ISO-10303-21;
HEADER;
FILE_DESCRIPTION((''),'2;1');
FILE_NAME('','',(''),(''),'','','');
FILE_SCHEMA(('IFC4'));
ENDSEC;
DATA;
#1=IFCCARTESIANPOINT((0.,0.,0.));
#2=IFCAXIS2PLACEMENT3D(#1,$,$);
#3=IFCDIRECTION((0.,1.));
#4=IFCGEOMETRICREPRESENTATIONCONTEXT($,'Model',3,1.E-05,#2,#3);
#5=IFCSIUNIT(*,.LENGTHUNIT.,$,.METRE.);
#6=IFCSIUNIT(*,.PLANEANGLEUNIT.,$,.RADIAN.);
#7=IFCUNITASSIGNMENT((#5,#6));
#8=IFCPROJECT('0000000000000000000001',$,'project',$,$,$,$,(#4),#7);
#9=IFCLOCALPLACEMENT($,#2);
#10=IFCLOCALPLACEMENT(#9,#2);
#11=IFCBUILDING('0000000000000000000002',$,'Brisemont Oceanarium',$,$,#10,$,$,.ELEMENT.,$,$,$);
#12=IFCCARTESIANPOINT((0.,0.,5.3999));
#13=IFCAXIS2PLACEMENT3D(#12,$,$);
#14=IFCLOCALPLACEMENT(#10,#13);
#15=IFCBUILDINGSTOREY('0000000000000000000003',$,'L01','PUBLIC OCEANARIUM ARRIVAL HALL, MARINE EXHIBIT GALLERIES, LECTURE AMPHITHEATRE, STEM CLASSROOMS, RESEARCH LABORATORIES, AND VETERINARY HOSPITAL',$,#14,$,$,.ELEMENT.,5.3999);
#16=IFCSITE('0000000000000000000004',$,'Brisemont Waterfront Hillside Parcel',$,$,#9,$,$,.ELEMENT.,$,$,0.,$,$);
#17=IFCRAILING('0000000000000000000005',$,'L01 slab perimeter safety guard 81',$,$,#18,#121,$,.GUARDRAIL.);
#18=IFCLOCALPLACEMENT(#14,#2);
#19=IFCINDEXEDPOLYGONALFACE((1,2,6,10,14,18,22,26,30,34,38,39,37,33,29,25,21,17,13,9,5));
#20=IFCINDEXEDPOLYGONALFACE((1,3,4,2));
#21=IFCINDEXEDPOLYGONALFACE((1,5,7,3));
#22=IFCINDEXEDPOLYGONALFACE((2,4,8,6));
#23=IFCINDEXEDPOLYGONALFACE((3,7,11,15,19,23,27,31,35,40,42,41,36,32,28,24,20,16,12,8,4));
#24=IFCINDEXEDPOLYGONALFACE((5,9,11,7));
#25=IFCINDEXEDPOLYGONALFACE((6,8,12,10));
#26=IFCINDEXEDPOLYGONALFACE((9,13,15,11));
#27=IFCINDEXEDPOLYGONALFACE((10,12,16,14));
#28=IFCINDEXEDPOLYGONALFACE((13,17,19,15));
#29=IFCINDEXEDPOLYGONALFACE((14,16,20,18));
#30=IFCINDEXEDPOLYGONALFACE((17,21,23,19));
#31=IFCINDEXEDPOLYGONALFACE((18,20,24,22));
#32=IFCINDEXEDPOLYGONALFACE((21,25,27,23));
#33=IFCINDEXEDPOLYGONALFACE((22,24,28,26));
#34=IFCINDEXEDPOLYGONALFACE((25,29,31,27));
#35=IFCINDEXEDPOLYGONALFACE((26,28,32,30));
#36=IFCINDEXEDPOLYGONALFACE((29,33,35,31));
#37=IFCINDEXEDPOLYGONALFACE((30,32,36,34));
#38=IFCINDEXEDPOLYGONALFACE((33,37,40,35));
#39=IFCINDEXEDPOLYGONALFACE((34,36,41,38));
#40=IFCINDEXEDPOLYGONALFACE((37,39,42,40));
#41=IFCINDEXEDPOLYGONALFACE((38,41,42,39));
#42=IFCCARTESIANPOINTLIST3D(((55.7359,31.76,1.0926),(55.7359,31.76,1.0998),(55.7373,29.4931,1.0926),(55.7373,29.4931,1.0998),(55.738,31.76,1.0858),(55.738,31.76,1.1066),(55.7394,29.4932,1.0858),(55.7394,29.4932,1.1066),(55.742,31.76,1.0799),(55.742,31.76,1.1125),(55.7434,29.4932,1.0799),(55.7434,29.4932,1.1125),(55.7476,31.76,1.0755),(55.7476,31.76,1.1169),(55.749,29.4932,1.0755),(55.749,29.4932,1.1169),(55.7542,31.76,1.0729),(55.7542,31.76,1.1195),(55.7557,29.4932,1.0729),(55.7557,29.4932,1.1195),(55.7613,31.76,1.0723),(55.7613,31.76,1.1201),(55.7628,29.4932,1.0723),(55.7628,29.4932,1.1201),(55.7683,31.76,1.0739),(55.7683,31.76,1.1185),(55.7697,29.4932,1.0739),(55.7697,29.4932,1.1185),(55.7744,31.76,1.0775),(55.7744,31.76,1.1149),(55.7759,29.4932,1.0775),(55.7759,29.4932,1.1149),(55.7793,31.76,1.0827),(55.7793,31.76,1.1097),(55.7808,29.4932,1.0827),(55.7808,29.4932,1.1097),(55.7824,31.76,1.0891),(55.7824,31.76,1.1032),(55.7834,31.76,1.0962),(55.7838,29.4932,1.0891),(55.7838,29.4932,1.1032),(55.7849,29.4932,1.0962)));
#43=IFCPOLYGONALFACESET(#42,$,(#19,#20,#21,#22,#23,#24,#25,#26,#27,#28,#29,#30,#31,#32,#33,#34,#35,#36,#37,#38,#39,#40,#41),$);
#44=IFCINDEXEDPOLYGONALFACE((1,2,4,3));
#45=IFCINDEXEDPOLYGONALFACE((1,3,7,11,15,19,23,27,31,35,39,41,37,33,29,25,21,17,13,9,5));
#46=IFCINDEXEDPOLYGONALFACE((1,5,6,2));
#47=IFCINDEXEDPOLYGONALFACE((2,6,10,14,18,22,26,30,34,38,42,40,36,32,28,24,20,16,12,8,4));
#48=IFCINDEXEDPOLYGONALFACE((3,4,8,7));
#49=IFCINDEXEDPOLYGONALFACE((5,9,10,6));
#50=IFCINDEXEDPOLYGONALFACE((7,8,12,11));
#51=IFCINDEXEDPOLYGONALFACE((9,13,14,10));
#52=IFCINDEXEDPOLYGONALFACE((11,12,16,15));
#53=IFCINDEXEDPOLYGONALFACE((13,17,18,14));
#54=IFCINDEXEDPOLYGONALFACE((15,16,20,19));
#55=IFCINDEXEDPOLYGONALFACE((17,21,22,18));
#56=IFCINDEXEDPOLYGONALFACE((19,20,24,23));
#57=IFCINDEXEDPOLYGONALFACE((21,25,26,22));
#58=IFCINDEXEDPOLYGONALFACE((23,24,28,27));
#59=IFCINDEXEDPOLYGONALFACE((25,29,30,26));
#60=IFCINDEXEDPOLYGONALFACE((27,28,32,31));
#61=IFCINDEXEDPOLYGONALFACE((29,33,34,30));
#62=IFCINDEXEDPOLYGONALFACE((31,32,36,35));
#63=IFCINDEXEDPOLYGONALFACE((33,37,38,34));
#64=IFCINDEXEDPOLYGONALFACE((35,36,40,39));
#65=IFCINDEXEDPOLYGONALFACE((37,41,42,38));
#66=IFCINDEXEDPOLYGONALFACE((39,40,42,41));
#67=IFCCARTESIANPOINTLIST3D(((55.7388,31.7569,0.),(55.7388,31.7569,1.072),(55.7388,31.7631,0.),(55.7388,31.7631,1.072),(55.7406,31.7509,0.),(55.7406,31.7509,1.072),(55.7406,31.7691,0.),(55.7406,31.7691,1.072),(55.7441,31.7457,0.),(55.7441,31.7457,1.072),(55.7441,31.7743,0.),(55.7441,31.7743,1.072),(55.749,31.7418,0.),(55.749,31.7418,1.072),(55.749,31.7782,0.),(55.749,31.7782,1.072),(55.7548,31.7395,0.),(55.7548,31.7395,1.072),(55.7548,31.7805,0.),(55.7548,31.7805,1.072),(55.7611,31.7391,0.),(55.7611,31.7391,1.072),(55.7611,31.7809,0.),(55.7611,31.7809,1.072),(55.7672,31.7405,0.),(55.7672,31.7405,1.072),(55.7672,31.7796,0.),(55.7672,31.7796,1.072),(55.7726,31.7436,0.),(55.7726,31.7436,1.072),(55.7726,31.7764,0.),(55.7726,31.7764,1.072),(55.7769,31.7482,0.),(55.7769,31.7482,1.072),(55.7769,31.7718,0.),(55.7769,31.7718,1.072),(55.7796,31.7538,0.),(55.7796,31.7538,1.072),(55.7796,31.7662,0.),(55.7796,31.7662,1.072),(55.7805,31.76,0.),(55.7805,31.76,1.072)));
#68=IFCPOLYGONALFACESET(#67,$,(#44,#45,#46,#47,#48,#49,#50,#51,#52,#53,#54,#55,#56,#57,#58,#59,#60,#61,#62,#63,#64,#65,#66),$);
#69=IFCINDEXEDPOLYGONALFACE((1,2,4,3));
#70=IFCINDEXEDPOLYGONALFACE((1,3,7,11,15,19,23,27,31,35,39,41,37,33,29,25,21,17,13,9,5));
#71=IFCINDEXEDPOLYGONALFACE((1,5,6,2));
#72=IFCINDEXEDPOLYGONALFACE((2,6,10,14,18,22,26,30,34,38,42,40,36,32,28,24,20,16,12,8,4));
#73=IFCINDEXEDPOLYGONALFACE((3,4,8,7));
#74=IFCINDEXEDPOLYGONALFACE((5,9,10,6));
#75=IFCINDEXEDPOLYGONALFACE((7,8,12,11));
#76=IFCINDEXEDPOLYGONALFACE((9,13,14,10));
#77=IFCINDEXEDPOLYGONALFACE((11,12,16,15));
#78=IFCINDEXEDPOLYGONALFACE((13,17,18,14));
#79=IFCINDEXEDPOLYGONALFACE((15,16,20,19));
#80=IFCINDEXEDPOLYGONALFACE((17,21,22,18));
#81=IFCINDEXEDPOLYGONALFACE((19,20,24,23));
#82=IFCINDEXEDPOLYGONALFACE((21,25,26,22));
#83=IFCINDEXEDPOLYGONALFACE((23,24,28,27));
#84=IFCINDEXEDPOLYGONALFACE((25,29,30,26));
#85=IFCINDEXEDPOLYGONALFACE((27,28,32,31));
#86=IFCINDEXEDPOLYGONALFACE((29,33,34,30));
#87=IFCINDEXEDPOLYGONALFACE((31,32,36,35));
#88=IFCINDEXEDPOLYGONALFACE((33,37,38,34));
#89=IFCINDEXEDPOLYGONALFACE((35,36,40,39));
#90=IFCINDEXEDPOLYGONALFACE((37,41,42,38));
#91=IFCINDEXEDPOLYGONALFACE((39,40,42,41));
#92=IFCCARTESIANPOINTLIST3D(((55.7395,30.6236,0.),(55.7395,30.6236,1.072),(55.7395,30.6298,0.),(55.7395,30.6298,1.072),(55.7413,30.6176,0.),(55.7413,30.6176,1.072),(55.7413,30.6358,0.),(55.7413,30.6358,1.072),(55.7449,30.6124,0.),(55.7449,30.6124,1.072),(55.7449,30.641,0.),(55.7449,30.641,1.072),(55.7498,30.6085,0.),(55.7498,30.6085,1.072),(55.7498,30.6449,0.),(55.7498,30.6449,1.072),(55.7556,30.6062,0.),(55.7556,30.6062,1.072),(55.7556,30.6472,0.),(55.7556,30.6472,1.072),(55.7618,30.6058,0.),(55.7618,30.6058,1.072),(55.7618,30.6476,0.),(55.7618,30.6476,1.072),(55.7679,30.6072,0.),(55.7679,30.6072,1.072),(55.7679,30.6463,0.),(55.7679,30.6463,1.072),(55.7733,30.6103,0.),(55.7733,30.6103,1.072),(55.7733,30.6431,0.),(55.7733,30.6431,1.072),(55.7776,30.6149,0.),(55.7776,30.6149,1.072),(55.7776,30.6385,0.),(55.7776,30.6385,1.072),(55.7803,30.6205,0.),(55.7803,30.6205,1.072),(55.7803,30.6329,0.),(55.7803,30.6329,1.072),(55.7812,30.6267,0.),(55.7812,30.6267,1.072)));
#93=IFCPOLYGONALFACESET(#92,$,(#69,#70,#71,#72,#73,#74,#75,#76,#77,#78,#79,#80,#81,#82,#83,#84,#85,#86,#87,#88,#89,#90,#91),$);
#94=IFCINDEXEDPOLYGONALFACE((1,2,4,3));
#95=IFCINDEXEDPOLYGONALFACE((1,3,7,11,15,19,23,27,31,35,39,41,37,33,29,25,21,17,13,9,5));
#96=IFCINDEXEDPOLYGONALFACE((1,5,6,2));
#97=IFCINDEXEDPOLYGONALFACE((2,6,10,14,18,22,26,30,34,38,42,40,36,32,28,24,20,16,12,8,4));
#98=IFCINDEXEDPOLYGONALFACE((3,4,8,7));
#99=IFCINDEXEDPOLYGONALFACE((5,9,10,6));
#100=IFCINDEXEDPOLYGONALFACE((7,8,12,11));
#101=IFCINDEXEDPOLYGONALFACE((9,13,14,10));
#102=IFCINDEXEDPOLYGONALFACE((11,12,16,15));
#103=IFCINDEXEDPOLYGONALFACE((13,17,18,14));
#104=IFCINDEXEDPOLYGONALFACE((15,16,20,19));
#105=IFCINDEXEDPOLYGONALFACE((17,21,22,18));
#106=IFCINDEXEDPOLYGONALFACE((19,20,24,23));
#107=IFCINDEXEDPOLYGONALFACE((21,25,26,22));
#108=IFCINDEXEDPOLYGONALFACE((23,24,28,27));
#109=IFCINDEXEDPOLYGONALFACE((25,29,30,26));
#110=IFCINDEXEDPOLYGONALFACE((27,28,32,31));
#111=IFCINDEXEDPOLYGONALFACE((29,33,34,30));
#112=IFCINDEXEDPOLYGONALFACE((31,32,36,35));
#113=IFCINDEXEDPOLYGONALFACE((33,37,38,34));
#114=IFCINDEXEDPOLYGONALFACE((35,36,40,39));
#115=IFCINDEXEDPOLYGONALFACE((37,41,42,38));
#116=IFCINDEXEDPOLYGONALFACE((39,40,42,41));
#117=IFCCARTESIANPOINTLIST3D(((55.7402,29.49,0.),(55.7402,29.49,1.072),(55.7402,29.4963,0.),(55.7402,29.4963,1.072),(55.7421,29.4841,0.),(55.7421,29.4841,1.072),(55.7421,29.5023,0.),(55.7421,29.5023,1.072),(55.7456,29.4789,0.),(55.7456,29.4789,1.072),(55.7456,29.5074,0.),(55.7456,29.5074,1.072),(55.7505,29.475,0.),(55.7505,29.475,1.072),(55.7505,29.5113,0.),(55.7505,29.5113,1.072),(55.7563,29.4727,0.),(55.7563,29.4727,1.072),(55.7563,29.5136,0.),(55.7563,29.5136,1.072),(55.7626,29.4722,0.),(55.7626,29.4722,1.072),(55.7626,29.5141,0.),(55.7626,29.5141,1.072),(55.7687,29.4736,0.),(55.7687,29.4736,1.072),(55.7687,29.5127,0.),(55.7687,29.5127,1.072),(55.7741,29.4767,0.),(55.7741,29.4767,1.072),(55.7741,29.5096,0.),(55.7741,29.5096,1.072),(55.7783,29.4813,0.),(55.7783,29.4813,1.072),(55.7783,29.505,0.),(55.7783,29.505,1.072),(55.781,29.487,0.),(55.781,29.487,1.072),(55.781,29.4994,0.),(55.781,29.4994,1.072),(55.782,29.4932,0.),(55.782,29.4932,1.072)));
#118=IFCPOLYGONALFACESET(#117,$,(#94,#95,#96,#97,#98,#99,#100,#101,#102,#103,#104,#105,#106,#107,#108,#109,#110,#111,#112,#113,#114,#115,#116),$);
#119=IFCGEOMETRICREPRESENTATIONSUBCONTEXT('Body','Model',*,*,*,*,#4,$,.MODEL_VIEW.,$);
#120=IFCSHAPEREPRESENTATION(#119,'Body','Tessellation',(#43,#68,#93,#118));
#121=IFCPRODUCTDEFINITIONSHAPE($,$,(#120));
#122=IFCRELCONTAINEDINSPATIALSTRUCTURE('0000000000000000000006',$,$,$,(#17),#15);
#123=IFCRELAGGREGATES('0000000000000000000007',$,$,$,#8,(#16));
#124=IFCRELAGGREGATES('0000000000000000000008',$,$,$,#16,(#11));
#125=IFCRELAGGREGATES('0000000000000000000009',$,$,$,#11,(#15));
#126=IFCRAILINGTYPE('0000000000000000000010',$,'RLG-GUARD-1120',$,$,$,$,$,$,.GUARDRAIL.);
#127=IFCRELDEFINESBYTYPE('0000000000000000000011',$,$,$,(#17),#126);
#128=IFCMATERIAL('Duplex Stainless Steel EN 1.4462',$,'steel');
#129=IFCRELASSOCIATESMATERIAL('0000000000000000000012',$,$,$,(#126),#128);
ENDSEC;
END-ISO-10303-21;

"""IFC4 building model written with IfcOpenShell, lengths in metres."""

from ifc_helpers import new_model, si_unit, direction, frame, origin, origin_2d, place, context, subcontext, project, spatial, circle, extrude, material, type_object, element, save


model = new_model("IFC4")

# Units and contexts
model_context = context("Model", 3, precision=1e-05, world=origin(), true_north=direction((0.0, 1.0)))
body_context = subcontext(model_context, "Body", "Model", "MODEL_VIEW")
ifc_project = project(units=[si_unit("LENGTHUNIT", "METRE"), si_unit("PLANEANGLEUNIT", "RADIAN")], contexts=[model_context])

# Site, building, storey
site_placement = place(None, origin())
site = spatial("IfcSite", under=ifc_project, at=site_placement, Name="Brisemont Waterfront Hillside Parcel", CompositionType="ELEMENT", RefElevation=0.0)
building_placement = place(site_placement, origin())
building = spatial("IfcBuilding", under=site, at=building_placement, Name="Brisemont Oceanarium", CompositionType="ELEMENT")
storey_placement = place(building_placement, frame((0.0, 0.0, 5.3999)))
storey = spatial("IfcBuildingStorey", under=building, at=storey_placement, Name="L01", Description="PUBLIC OCEANARIUM ARRIVAL HALL, MARINE EXHIBIT GALLERIES, LECTURE AMPHITHEATRE, STEM CLASSROOMS, RESEARCH LABORATORIES, AND VETERINARY HOSPITAL", CompositionType="ELEMENT", Elevation=5.3999)

# Railing
ifc_material_1 = material(Name="Duplex Stainless Steel EN 1.4462", Category="steel")
railing_type_1 = type_object("IfcRailingType", Name="RLG-GUARD-1120", PredefinedType="GUARDRAIL", material=ifc_material_1)
railing_1_placement = place(storey_placement, frame((55.7595, 31.76, 0.0)))
element("IfcRailing", 1, at=railing_1_placement, inside=storey, type_object=railing_type_1, Name="L01 slab perimeter safety guard 81", PredefinedType="GUARDRAIL", context=body_context, shape_type="SweptSolid", body=[
    extrude(circle(Radius=0.0239, at=origin_2d()), frame((0.0, 0.0, 1.0962), z_axis=(0.000646, -1.0, 0.0), x_axis=(1.0, 0.000646, 0.0)), (0.0, 0.0, 1.0), 2.2668),
    extrude(circle(Radius=0.021, at=origin_2d()), origin(), (0.0, 0.0, 1.0), 1.072),
    extrude(circle(Radius=0.021, at=origin_2d()), frame((0.0007, -1.1333, 0.0)), (0.0, 0.0, 1.0), 1.072),
    extrude(circle(Radius=0.021, at=origin_2d()), frame((0.0015, -2.2668, 0.0)), (0.0, 0.0, 1.0), 1.072),
])

save(model, "model.ifc")
